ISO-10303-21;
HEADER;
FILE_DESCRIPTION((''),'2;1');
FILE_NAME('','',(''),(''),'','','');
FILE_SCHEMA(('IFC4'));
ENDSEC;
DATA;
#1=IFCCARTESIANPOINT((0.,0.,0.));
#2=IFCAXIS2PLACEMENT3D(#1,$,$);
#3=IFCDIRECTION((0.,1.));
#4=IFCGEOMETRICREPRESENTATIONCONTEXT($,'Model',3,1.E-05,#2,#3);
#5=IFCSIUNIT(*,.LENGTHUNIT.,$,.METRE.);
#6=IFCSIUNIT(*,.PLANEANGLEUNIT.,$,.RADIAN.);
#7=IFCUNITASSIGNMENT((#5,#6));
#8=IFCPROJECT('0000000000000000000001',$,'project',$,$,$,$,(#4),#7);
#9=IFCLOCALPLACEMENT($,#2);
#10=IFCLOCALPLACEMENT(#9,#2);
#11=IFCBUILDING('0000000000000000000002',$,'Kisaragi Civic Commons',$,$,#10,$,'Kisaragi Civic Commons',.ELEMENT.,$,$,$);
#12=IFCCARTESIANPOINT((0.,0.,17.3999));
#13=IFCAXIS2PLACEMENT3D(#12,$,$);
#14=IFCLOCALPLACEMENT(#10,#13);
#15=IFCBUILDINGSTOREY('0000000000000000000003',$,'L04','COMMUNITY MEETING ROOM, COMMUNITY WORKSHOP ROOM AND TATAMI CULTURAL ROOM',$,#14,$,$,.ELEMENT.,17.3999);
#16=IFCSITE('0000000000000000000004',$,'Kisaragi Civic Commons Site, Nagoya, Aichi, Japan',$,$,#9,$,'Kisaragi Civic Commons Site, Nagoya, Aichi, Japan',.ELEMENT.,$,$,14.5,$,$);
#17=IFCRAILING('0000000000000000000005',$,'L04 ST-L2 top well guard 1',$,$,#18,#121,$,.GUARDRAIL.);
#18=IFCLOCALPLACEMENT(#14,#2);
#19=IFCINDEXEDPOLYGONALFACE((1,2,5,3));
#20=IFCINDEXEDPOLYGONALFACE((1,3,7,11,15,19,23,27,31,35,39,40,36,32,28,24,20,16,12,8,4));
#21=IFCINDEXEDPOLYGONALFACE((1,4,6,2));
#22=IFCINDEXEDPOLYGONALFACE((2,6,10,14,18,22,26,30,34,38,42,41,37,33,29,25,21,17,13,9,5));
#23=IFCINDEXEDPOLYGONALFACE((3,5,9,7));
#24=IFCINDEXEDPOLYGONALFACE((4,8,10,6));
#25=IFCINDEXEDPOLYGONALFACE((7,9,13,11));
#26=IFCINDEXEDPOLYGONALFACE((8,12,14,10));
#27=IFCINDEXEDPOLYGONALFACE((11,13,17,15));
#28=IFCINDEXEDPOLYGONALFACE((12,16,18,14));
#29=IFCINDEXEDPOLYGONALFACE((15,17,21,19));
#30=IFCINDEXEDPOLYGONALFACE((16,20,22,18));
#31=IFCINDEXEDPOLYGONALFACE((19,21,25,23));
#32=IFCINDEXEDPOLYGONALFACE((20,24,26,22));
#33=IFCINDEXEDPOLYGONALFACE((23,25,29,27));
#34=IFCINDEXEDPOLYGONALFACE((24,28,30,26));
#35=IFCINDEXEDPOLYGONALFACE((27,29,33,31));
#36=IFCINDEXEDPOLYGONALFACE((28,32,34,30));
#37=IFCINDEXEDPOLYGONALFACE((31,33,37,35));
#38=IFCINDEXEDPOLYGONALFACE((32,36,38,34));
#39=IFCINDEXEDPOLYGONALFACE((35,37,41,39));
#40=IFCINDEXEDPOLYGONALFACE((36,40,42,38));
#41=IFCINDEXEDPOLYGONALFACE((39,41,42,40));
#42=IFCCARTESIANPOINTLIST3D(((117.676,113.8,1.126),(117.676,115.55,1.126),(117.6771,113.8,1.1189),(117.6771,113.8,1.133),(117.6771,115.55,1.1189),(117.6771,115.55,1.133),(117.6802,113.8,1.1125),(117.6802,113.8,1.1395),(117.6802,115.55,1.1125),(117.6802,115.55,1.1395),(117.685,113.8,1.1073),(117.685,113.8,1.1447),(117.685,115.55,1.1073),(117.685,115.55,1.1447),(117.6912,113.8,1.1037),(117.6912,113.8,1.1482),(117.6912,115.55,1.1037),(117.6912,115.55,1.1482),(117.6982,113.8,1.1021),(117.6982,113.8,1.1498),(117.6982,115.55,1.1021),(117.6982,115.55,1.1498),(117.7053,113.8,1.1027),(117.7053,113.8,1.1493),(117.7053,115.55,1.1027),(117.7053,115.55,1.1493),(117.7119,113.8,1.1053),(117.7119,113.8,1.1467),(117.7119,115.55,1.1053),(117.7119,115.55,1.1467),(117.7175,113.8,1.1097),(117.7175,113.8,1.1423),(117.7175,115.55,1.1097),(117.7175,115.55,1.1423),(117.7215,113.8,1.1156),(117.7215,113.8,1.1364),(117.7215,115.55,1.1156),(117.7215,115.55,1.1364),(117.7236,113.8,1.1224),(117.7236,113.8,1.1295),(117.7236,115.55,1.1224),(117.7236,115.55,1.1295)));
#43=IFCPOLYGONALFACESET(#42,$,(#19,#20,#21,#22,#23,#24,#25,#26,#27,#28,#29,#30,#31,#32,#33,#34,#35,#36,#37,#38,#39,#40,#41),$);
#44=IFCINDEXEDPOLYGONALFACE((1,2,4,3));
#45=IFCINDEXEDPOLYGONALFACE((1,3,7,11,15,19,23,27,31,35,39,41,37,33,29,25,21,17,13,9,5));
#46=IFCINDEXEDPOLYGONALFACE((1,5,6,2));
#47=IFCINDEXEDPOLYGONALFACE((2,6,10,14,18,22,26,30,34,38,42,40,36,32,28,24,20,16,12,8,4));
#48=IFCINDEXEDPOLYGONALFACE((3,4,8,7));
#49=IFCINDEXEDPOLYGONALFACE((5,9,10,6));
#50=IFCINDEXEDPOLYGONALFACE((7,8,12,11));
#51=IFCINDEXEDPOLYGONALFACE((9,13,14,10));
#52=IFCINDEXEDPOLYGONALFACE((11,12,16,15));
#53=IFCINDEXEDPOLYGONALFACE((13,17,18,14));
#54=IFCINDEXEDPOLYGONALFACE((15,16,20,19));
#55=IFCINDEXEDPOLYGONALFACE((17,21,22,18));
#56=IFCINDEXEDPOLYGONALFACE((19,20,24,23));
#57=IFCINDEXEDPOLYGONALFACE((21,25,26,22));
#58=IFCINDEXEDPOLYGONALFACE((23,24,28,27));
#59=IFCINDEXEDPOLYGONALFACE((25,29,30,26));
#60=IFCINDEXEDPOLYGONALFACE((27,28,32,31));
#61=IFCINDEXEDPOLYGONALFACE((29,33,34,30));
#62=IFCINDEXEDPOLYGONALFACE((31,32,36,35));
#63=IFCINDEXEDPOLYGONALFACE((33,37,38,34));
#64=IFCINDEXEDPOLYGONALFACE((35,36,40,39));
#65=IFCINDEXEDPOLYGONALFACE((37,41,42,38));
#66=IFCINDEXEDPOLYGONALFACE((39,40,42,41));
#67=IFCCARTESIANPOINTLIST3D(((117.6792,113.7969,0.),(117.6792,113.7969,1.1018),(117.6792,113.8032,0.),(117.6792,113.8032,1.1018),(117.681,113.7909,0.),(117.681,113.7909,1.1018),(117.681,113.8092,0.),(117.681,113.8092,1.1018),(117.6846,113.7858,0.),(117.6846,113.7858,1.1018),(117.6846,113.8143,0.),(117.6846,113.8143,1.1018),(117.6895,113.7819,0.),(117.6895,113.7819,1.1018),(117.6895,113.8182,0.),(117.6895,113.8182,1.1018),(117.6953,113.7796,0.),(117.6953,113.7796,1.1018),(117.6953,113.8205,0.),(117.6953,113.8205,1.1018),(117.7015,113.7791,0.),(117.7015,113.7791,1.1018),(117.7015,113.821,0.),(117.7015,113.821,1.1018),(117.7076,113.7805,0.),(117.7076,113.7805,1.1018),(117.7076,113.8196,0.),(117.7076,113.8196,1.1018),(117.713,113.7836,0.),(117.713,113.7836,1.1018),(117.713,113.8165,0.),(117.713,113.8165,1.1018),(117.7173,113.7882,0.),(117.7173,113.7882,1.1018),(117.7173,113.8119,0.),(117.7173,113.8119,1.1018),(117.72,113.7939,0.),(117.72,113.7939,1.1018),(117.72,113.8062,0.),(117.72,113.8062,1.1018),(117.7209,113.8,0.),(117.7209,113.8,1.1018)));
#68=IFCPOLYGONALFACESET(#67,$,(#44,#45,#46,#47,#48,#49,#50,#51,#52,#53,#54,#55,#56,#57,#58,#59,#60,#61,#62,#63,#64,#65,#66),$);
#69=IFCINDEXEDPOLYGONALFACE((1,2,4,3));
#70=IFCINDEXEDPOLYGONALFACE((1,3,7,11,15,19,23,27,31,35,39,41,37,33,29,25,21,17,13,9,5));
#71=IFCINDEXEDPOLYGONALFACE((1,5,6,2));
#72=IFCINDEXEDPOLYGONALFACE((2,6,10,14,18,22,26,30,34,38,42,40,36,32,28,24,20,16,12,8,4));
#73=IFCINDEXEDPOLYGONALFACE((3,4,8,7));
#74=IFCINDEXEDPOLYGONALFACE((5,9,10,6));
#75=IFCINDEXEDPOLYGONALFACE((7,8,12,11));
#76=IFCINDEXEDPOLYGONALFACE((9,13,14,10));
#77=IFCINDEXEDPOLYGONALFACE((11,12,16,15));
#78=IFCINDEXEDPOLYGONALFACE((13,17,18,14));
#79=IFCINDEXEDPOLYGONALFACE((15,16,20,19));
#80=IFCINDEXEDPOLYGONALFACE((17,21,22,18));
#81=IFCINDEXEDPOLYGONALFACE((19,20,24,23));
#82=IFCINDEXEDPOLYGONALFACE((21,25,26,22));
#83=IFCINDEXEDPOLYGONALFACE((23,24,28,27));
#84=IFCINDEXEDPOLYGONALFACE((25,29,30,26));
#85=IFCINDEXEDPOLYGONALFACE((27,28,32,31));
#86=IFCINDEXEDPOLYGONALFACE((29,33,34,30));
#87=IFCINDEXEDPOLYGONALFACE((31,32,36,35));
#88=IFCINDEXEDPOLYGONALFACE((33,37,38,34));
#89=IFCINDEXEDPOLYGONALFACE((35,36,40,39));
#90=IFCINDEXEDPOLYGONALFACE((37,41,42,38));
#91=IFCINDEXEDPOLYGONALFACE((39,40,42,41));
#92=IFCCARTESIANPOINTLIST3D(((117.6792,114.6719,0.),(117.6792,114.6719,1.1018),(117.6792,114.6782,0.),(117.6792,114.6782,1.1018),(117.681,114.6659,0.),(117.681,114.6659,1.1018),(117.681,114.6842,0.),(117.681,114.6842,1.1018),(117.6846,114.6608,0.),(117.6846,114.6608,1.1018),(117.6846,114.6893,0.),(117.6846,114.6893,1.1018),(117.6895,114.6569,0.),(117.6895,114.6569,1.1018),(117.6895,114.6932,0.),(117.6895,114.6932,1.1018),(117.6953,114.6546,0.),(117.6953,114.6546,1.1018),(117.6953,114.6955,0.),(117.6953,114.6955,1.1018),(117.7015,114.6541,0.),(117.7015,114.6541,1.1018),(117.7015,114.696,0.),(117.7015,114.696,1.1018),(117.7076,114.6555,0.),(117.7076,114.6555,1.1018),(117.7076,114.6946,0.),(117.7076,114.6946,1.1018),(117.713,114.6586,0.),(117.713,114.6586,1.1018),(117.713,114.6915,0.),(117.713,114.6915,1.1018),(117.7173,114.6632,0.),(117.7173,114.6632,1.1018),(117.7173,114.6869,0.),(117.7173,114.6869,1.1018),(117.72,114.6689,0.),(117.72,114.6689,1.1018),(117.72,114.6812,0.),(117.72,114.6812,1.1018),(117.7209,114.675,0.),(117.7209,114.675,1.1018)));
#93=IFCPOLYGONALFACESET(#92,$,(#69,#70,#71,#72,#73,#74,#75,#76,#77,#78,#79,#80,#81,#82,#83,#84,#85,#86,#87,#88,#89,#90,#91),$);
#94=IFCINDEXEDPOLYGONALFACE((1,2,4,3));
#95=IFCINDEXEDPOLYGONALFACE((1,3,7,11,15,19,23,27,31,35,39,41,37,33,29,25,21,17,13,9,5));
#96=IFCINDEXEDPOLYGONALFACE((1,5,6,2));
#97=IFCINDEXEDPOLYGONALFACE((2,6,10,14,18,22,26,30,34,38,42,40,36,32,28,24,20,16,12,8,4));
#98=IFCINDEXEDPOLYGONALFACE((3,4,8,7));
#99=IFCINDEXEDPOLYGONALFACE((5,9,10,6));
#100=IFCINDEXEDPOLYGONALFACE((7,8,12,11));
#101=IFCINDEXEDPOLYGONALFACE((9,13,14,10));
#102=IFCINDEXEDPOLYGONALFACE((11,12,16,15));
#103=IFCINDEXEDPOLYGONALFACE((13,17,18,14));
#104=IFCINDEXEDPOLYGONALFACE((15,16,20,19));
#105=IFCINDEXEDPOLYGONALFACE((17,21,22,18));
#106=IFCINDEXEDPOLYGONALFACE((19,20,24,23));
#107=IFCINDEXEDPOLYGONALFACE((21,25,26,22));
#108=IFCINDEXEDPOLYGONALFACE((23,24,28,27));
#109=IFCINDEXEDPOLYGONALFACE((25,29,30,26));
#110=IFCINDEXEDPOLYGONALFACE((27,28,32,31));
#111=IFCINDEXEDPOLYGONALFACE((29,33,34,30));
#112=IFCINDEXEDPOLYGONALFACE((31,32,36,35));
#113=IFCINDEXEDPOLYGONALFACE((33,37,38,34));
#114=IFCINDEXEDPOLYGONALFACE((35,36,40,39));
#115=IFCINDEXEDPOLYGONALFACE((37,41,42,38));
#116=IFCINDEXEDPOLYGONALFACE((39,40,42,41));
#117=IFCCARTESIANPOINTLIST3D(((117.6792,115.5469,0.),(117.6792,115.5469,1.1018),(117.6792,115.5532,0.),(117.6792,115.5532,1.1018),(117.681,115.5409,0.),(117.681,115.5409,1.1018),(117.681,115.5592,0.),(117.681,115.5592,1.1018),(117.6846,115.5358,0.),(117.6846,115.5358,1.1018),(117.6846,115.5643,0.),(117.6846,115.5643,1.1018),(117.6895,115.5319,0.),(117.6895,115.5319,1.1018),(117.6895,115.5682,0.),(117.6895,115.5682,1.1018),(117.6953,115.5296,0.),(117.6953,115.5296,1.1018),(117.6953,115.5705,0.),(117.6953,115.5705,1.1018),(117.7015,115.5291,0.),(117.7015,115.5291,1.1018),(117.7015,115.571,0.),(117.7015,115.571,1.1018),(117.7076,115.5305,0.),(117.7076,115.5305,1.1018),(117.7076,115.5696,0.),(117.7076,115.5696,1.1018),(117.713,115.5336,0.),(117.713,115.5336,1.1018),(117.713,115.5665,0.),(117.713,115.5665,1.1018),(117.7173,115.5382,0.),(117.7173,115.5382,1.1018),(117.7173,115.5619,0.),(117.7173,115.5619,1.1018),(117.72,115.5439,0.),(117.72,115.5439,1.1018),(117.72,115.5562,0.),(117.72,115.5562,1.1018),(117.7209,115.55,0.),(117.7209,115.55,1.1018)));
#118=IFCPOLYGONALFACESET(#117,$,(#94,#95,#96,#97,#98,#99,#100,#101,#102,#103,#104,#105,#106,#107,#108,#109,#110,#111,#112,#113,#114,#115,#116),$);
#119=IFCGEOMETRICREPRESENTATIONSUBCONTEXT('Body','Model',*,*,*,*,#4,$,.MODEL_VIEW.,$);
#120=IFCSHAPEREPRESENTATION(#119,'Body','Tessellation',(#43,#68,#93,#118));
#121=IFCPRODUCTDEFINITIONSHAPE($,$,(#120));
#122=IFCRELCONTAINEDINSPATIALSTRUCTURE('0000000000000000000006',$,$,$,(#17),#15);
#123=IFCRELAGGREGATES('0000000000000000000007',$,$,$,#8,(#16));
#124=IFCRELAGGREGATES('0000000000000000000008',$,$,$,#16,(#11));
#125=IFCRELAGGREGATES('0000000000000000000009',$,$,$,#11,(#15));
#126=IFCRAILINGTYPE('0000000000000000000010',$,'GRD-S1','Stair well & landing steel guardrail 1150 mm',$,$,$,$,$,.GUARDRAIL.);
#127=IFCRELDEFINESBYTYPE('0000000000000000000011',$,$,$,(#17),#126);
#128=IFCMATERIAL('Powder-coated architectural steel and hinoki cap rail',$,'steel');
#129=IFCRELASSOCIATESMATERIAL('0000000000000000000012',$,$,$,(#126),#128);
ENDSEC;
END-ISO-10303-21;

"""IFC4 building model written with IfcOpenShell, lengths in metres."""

from ifc_helpers import new_model, si_unit, direction, frame, origin, origin_2d, place, context, subcontext, project, spatial, circle, extrude, material, type_object, element, save


model = new_model("IFC4")

# Units and contexts
model_context = context("Model", 3, precision=1e-05, world=origin(), true_north=direction((0.0, 1.0)))
body_context = subcontext(model_context, "Body", "Model", "MODEL_VIEW")
ifc_project = project(units=[si_unit("LENGTHUNIT", "METRE"), si_unit("PLANEANGLEUNIT", "RADIAN")], contexts=[model_context])

# Site, building, storey
site_placement = place(None, origin())
site = spatial("IfcSite", under=ifc_project, at=site_placement, Name="Kisaragi Civic Commons Site, Nagoya, Aichi, Japan", LongName="Kisaragi Civic Commons Site, Nagoya, Aichi, Japan", CompositionType="ELEMENT", RefElevation=14.5)
building_placement = place(site_placement, origin())
building = spatial("IfcBuilding", under=site, at=building_placement, Name="Kisaragi Civic Commons", LongName="Kisaragi Civic Commons", CompositionType="ELEMENT")
storey_placement = place(building_placement, frame((0.0, 0.0, 17.3999)))
storey = spatial("IfcBuildingStorey", under=building, at=storey_placement, Name="L04", Description="COMMUNITY MEETING ROOM, COMMUNITY WORKSHOP ROOM AND TATAMI CULTURAL ROOM", CompositionType="ELEMENT", Elevation=17.3999)

# Railing
ifc_material_1 = material(Name="Powder-coated architectural steel and hinoki cap rail", Category="steel")
railing_type = type_object("IfcRailingType", Name="GRD-S1", Description="Stair well & landing steel guardrail 1150 mm", PredefinedType="GUARDRAIL", material=ifc_material_1)
for number, where, name in (
    (1, (117.7, 113.8, 0.0), "L04 ST-L2 top well guard 1"),
):
    element("IfcRailing", number, at=place(storey_placement, frame(where)), inside=storey, type_object=railing_type, Name=name, PredefinedType="GUARDRAIL", context=body_context, shape_type="SweptSolid", body=[
        extrude(circle(Radius=0.0239, at=origin_2d()), frame((0.0, 0.0, 1.126), z_axis=(0.0, 1.0, 0.0), x_axis=(-1.0, 0.0, 0.0)), (0.0, 0.0, 1.0), 1.75),
        extrude(circle(Radius=0.021, at=origin_2d()), origin(), (0.0, 0.0, 1.0), 1.1018),
        extrude(circle(Radius=0.021, at=origin_2d()), frame((0.0, 0.875, 0.0)), (0.0, 0.0, 1.0), 1.1018),
        extrude(circle(Radius=0.021, at=origin_2d()), frame((0.0, 1.75, 0.0)), (0.0, 0.0, 1.0), 1.1018),
    ])

save(model, "model.ifc")
